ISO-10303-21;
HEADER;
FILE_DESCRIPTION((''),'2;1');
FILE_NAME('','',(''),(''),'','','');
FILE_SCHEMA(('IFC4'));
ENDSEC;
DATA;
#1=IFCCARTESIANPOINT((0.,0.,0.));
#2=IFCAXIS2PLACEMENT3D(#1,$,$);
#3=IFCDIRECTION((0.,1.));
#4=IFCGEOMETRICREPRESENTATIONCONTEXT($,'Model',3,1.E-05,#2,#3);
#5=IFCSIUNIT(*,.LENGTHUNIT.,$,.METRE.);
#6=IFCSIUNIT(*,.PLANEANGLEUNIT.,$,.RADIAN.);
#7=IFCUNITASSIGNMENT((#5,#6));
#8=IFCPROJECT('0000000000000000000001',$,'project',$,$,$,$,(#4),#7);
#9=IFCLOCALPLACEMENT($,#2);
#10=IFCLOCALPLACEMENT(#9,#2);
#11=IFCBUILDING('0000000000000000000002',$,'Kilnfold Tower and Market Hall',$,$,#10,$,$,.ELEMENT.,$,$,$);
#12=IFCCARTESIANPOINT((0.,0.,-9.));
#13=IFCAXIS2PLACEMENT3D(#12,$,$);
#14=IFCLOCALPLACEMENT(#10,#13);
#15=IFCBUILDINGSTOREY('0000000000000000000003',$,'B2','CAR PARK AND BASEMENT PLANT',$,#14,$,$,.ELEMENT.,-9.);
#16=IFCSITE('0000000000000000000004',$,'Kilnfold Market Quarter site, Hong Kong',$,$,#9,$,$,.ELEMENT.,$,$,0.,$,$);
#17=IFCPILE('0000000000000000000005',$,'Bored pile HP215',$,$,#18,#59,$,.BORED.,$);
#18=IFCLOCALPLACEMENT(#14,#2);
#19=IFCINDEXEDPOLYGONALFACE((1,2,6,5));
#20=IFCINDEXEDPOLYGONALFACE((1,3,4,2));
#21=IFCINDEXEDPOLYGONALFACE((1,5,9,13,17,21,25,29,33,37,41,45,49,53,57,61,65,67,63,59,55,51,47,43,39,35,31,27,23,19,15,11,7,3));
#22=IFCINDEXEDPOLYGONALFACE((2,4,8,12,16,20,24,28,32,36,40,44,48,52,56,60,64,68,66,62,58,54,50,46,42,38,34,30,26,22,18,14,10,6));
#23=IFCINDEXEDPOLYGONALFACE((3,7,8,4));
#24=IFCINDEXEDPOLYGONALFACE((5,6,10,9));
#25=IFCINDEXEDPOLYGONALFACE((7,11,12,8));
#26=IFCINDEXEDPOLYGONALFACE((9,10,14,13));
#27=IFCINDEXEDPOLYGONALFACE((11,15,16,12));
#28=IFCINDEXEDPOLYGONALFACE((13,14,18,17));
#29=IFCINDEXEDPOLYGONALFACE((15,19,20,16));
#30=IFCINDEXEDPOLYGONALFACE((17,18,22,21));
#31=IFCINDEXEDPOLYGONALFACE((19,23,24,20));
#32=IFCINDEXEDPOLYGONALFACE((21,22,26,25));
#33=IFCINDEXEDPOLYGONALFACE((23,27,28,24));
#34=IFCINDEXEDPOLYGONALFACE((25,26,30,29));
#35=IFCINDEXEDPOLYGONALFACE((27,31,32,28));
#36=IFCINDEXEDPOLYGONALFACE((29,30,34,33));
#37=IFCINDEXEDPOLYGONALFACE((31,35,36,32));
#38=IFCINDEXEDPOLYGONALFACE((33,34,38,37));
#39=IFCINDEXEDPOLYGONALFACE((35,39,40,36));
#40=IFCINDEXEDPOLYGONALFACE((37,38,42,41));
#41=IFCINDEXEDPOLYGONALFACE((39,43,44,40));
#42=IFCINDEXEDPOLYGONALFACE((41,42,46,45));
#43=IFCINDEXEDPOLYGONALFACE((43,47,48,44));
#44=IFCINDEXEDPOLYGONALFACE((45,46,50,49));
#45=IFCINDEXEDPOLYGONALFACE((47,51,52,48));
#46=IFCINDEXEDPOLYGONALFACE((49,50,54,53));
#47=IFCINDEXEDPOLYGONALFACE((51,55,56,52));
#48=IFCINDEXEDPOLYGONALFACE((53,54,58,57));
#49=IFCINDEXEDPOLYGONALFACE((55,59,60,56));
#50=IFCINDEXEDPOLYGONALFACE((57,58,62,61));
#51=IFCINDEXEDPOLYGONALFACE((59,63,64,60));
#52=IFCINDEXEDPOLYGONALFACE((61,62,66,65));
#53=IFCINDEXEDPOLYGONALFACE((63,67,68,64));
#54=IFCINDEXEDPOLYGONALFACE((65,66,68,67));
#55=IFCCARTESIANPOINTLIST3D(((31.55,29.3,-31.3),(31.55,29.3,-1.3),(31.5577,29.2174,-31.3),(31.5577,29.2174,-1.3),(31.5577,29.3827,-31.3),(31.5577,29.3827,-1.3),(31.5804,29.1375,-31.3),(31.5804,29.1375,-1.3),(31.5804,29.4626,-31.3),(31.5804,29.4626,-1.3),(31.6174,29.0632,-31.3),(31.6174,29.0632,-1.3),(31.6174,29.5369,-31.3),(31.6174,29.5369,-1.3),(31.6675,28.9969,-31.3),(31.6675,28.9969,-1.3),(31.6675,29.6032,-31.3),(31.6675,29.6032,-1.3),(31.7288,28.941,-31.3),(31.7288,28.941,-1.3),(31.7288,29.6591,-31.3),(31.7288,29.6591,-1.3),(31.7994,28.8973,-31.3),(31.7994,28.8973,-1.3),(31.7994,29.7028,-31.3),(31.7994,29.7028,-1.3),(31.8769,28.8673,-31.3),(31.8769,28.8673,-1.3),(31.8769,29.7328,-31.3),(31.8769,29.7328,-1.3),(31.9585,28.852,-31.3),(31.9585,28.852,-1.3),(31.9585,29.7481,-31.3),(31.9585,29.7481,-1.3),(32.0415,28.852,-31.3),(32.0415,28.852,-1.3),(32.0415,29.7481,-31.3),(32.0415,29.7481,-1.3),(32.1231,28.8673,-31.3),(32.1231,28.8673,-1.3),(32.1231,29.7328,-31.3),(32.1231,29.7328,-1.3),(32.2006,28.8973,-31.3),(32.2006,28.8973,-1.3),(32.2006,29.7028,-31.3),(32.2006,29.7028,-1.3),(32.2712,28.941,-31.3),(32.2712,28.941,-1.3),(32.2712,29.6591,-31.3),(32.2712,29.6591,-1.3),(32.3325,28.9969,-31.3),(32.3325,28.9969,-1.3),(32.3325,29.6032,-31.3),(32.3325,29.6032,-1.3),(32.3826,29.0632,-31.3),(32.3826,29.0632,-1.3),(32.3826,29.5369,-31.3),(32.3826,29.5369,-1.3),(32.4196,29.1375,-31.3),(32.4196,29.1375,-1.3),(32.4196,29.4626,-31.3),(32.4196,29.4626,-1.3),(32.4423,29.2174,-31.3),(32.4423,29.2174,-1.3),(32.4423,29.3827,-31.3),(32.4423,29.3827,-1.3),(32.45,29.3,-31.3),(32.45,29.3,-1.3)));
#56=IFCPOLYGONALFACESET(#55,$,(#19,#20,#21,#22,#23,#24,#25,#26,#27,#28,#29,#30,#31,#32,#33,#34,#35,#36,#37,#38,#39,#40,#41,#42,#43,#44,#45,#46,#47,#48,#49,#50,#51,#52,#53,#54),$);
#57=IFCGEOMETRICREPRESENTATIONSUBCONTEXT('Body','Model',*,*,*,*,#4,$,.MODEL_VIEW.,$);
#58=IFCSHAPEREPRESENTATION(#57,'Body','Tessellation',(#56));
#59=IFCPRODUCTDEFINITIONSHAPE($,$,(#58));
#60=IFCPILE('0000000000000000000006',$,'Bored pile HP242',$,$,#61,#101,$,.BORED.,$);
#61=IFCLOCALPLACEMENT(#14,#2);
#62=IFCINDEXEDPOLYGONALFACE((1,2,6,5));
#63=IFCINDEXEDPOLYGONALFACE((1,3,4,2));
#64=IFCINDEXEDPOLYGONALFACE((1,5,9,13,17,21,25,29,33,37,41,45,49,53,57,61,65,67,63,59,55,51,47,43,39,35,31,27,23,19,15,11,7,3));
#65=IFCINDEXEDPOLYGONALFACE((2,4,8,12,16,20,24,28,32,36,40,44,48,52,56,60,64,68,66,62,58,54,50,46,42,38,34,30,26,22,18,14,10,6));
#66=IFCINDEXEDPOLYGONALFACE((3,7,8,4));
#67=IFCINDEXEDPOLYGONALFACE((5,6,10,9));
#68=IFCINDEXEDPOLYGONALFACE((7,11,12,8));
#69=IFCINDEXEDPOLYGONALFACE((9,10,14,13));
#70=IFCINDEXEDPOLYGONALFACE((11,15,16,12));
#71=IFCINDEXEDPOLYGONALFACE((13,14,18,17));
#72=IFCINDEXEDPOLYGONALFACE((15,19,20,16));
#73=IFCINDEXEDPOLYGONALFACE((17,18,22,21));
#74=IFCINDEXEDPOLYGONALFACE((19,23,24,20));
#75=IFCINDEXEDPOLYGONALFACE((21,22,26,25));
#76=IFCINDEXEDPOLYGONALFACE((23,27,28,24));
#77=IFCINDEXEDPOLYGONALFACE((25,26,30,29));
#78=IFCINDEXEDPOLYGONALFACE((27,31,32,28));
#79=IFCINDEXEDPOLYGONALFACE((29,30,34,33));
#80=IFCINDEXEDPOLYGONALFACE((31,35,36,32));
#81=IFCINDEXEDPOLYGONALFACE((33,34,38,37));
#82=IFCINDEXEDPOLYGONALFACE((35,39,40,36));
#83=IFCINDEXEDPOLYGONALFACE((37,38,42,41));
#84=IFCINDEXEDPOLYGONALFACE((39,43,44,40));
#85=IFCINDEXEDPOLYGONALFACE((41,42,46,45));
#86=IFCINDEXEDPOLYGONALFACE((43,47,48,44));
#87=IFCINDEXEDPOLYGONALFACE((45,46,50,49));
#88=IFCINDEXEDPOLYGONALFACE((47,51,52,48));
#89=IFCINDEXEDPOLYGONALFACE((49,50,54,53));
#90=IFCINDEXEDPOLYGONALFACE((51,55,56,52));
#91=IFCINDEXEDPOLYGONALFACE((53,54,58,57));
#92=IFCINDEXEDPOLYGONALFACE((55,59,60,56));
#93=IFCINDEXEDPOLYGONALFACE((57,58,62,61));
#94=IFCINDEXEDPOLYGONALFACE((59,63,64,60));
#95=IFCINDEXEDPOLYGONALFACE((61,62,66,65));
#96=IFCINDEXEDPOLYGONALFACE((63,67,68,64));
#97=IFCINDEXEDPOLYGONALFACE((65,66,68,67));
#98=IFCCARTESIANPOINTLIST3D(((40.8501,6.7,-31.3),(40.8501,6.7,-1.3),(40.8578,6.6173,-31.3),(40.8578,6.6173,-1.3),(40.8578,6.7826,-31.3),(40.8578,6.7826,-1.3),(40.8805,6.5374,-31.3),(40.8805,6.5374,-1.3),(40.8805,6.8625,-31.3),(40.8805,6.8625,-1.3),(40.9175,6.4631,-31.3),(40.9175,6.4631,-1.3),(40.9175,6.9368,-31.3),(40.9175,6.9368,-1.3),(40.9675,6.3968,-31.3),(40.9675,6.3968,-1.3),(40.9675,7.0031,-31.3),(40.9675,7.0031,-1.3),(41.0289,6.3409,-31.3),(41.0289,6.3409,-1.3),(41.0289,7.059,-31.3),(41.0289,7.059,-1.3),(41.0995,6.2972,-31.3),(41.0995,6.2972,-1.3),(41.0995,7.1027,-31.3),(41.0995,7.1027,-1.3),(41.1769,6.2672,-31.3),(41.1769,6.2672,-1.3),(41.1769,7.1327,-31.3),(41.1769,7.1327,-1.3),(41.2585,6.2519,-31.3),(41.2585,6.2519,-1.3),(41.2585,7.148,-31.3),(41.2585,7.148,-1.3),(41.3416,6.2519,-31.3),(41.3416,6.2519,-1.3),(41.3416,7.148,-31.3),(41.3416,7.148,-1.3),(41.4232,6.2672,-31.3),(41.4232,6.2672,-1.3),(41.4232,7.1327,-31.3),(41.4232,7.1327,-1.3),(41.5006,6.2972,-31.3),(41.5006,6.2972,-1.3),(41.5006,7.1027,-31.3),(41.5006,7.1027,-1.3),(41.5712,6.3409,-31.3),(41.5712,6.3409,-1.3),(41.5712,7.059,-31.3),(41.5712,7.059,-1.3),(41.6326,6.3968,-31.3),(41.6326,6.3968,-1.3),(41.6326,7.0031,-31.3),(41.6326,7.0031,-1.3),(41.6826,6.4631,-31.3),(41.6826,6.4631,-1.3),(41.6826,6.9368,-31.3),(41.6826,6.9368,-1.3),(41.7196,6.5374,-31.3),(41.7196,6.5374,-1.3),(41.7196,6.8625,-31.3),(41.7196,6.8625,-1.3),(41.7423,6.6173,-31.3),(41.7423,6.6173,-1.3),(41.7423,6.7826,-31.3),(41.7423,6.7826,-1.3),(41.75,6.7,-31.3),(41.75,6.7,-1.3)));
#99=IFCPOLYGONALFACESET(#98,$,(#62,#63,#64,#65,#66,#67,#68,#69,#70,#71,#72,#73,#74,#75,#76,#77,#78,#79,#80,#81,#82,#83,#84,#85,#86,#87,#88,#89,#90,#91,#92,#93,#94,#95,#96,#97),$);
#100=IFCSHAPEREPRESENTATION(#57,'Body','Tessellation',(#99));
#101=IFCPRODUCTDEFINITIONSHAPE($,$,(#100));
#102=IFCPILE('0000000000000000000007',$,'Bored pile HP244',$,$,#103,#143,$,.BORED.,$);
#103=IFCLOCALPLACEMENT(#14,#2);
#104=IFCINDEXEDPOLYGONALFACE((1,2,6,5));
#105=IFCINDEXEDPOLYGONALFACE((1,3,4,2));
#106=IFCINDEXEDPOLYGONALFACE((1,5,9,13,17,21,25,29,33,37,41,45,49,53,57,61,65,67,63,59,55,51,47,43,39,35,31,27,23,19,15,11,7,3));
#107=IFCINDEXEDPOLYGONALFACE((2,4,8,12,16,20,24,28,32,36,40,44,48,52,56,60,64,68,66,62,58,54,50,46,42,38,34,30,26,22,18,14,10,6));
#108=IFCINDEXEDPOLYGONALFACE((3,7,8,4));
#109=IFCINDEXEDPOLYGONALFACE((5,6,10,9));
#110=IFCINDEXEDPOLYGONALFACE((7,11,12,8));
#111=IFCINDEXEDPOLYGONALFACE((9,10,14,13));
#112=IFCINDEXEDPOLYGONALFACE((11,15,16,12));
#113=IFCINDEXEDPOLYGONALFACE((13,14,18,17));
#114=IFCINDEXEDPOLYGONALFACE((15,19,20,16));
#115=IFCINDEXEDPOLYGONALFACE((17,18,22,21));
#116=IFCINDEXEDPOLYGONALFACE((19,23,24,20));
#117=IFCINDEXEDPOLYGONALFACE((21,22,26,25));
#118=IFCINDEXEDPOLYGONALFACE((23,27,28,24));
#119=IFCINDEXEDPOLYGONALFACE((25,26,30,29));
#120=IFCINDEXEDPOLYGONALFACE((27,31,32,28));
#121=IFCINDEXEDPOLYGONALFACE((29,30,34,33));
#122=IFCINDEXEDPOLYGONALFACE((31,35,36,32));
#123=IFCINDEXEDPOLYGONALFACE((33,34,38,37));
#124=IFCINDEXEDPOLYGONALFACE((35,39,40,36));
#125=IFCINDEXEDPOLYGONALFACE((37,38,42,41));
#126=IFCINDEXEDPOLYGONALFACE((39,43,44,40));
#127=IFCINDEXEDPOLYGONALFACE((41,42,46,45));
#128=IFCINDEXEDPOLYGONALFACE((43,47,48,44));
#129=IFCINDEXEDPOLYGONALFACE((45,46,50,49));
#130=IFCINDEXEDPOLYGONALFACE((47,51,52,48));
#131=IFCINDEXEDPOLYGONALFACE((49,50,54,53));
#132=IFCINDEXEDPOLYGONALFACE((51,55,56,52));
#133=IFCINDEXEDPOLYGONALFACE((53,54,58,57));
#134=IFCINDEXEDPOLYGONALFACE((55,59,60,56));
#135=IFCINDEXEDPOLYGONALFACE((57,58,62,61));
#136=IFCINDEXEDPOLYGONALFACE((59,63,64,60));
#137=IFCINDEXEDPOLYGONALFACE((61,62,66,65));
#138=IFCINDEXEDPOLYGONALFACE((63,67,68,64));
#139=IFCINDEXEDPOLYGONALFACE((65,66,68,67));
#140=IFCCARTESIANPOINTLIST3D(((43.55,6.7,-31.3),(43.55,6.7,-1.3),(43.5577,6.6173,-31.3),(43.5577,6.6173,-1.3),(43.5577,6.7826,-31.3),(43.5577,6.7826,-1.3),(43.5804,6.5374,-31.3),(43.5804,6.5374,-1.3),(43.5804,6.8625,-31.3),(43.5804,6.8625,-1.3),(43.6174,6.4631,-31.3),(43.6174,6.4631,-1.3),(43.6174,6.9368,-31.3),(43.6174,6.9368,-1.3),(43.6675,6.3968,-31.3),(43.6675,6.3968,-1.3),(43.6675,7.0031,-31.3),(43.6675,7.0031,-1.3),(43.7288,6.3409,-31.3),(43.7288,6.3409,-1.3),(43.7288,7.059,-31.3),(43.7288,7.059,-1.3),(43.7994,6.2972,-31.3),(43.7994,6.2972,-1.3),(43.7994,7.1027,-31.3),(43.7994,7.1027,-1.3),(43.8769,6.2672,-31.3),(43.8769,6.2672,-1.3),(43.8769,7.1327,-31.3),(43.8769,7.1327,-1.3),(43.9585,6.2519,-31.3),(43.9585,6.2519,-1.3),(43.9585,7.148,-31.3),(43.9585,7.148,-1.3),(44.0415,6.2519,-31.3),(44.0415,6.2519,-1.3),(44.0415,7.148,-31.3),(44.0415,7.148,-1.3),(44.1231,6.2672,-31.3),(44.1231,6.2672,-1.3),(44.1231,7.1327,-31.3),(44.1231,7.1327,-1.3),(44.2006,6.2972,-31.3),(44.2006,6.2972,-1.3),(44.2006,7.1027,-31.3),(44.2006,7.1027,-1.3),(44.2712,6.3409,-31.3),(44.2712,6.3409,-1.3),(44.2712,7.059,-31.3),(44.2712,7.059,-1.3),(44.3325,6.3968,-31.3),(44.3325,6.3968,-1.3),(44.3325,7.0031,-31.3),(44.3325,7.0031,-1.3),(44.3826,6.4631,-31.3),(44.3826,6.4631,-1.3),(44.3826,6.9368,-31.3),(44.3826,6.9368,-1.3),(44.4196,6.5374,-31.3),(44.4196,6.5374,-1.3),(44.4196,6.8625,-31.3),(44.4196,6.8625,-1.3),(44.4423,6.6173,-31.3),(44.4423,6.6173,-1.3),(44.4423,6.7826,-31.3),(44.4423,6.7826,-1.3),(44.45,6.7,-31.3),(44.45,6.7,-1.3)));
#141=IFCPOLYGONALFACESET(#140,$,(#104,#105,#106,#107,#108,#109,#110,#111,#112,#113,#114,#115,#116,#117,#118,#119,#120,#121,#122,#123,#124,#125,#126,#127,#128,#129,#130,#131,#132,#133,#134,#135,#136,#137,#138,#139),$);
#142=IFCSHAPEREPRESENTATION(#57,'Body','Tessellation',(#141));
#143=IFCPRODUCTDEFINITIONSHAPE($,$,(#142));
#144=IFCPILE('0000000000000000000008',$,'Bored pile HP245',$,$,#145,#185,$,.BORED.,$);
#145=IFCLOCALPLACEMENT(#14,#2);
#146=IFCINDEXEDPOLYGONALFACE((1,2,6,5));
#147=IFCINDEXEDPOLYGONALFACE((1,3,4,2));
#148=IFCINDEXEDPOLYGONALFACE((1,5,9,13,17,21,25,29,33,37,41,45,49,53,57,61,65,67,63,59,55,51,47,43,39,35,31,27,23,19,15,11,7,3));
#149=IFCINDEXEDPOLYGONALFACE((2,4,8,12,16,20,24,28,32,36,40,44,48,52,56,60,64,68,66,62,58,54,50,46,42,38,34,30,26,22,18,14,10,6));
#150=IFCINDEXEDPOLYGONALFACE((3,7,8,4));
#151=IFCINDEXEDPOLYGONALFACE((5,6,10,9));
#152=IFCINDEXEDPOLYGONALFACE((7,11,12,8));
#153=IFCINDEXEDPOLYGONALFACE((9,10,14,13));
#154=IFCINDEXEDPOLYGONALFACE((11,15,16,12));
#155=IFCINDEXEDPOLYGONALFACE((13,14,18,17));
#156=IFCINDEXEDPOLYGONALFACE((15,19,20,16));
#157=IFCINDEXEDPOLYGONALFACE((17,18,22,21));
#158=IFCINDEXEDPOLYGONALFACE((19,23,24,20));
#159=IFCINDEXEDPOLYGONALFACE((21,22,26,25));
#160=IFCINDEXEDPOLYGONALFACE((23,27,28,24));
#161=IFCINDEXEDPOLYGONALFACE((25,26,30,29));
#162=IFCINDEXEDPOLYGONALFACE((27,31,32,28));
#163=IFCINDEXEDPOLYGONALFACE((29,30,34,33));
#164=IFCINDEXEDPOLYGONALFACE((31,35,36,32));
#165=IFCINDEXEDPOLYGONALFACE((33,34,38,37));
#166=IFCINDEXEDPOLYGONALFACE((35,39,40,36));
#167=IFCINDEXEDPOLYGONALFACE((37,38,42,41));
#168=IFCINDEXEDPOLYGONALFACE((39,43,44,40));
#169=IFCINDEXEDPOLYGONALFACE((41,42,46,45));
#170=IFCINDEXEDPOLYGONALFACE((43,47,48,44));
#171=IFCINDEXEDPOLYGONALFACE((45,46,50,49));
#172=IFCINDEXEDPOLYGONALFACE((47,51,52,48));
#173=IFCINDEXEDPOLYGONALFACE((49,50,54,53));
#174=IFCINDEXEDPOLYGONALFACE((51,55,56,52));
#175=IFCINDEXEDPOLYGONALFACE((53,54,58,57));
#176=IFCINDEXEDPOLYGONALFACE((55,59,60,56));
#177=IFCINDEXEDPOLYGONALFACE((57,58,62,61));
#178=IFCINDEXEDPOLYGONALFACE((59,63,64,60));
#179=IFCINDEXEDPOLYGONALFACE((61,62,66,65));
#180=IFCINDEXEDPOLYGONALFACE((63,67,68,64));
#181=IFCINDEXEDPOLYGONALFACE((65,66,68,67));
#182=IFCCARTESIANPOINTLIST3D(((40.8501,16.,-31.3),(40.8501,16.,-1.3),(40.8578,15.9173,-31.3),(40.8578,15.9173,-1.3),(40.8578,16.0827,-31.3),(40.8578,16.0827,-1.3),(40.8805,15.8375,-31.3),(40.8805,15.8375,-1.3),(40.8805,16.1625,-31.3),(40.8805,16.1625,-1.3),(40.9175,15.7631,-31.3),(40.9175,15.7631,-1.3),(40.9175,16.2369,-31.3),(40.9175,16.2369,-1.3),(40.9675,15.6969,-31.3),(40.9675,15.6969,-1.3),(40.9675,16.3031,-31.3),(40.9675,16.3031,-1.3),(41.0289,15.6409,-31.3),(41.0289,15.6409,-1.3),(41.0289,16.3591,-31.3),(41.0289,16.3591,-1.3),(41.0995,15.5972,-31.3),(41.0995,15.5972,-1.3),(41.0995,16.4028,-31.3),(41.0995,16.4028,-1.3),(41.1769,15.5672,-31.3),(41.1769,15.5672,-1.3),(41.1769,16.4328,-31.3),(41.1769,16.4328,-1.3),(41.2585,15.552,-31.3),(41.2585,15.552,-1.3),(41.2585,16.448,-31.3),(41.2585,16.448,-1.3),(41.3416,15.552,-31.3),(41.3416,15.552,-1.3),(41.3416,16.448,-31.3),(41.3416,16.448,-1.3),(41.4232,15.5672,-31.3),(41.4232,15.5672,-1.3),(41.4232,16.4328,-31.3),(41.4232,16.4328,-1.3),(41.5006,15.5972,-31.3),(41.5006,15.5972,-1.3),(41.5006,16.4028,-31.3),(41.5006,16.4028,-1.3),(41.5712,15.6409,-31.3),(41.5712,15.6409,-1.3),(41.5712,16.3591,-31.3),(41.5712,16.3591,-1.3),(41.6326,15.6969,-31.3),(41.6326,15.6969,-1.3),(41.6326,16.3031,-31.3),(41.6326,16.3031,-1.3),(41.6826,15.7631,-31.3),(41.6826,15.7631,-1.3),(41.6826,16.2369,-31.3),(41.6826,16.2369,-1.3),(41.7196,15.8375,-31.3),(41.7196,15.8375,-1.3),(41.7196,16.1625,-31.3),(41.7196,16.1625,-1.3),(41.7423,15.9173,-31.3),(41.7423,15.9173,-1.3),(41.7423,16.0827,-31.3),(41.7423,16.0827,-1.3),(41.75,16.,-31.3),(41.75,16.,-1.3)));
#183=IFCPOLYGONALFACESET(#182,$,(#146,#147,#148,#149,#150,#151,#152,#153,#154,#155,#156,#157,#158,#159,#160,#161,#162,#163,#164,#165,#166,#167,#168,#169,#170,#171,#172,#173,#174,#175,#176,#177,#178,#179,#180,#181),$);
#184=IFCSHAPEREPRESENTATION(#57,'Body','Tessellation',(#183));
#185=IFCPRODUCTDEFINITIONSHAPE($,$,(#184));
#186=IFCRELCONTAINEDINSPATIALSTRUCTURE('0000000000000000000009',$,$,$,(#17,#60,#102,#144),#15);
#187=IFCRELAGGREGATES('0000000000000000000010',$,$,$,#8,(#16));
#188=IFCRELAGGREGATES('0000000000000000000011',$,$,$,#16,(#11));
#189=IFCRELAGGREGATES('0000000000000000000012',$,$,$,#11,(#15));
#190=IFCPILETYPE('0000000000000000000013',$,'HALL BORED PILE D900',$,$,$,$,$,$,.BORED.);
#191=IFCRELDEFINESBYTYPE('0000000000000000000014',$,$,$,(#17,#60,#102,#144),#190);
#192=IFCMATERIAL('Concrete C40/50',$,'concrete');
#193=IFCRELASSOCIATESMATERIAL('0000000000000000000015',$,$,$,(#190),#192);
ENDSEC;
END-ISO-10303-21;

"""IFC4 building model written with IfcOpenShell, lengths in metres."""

from ifc_helpers import new_model, si_unit, direction, frame, origin, origin_2d, place, context, subcontext, project, spatial, circle, extrude, source, transform, mapped, material, material_profile, profile_set, type_object, element, save


model = new_model("IFC4")

# Units and contexts
model_context = context("Model", 3, precision=1e-05, world=origin(), true_north=direction((0.0, 1.0)))
body_context = subcontext(model_context, "Body", "Model", "MODEL_VIEW")
ifc_project = project(units=[si_unit("LENGTHUNIT", "METRE"), si_unit("PLANEANGLEUNIT", "RADIAN")], contexts=[model_context])

# Site, building, storey
site_placement = place(None, origin())
site = spatial("IfcSite", under=ifc_project, at=site_placement, Name="Kilnfold Market Quarter site, Hong Kong", CompositionType="ELEMENT", RefElevation=0.0)
building_placement = place(site_placement, origin())
building = spatial("IfcBuilding", under=site, at=building_placement, Name="Kilnfold Tower and Market Hall", CompositionType="ELEMENT")
storey_placement = place(building_placement, frame((0.0, 0.0, -9.0)))
storey = spatial("IfcBuildingStorey", under=building, at=storey_placement, Name="B2", Description="CAR PARK AND BASEMENT PLANT", CompositionType="ELEMENT", Elevation=-9.0)

# Piles
ifc_material_1 = material(Name="Concrete C40/50", Category="concrete")
ifc_material_profile_1 = material_profile(ifc_material_1, circle(Radius=0.45, at=origin_2d()), Name="D900")
ifc_profile_set_1 = profile_set([ifc_material_profile_1], Name="Concrete C40/50")
pile_type = type_object("IfcPileType", Name="HALL BORED PILE D900", PredefinedType="BORED", material=ifc_profile_set_1)
shared_shape_1 = source(origin(), body_context, "Body", "SweptSolid", [
    extrude(circle(Radius=0.45, at=origin_2d()), origin(), (0.0, 0.0, 1.0), 30.0),
])
for number, where, z_axis, x_axis, name in (
    (1, (32.0, 29.3, -1.3), (0.0, 0.0, -1.0), (1.0, 0.0, 0.0), "Bored pile HP215"),
    (2, (41.3, 6.7, -1.3), (0.0, 0.0, -1.0), (1.0, 0.0, 0.0), "Bored pile HP242"),
    (3, (44.0, 6.7, -1.3), (0.0, 0.0, -1.0), (1.0, 0.0, 0.0), "Bored pile HP244"),
    (4, (41.3, 16.0, -1.3), (0.0, 0.0, -1.0), (1.0, 0.0, 0.0), "Bored pile HP245"),
):
    element("IfcPile", number, at=place(storey_placement, frame(where, z_axis=z_axis, x_axis=x_axis)), inside=storey, type_object=pile_type, Name=name, PredefinedType="BORED", context=body_context, shape_type="MappedRepresentation", body=[
        mapped(shared_shape_1, transform((0.0, 0.0, 0.0))),
    ])

save(model, "model.ifc")
